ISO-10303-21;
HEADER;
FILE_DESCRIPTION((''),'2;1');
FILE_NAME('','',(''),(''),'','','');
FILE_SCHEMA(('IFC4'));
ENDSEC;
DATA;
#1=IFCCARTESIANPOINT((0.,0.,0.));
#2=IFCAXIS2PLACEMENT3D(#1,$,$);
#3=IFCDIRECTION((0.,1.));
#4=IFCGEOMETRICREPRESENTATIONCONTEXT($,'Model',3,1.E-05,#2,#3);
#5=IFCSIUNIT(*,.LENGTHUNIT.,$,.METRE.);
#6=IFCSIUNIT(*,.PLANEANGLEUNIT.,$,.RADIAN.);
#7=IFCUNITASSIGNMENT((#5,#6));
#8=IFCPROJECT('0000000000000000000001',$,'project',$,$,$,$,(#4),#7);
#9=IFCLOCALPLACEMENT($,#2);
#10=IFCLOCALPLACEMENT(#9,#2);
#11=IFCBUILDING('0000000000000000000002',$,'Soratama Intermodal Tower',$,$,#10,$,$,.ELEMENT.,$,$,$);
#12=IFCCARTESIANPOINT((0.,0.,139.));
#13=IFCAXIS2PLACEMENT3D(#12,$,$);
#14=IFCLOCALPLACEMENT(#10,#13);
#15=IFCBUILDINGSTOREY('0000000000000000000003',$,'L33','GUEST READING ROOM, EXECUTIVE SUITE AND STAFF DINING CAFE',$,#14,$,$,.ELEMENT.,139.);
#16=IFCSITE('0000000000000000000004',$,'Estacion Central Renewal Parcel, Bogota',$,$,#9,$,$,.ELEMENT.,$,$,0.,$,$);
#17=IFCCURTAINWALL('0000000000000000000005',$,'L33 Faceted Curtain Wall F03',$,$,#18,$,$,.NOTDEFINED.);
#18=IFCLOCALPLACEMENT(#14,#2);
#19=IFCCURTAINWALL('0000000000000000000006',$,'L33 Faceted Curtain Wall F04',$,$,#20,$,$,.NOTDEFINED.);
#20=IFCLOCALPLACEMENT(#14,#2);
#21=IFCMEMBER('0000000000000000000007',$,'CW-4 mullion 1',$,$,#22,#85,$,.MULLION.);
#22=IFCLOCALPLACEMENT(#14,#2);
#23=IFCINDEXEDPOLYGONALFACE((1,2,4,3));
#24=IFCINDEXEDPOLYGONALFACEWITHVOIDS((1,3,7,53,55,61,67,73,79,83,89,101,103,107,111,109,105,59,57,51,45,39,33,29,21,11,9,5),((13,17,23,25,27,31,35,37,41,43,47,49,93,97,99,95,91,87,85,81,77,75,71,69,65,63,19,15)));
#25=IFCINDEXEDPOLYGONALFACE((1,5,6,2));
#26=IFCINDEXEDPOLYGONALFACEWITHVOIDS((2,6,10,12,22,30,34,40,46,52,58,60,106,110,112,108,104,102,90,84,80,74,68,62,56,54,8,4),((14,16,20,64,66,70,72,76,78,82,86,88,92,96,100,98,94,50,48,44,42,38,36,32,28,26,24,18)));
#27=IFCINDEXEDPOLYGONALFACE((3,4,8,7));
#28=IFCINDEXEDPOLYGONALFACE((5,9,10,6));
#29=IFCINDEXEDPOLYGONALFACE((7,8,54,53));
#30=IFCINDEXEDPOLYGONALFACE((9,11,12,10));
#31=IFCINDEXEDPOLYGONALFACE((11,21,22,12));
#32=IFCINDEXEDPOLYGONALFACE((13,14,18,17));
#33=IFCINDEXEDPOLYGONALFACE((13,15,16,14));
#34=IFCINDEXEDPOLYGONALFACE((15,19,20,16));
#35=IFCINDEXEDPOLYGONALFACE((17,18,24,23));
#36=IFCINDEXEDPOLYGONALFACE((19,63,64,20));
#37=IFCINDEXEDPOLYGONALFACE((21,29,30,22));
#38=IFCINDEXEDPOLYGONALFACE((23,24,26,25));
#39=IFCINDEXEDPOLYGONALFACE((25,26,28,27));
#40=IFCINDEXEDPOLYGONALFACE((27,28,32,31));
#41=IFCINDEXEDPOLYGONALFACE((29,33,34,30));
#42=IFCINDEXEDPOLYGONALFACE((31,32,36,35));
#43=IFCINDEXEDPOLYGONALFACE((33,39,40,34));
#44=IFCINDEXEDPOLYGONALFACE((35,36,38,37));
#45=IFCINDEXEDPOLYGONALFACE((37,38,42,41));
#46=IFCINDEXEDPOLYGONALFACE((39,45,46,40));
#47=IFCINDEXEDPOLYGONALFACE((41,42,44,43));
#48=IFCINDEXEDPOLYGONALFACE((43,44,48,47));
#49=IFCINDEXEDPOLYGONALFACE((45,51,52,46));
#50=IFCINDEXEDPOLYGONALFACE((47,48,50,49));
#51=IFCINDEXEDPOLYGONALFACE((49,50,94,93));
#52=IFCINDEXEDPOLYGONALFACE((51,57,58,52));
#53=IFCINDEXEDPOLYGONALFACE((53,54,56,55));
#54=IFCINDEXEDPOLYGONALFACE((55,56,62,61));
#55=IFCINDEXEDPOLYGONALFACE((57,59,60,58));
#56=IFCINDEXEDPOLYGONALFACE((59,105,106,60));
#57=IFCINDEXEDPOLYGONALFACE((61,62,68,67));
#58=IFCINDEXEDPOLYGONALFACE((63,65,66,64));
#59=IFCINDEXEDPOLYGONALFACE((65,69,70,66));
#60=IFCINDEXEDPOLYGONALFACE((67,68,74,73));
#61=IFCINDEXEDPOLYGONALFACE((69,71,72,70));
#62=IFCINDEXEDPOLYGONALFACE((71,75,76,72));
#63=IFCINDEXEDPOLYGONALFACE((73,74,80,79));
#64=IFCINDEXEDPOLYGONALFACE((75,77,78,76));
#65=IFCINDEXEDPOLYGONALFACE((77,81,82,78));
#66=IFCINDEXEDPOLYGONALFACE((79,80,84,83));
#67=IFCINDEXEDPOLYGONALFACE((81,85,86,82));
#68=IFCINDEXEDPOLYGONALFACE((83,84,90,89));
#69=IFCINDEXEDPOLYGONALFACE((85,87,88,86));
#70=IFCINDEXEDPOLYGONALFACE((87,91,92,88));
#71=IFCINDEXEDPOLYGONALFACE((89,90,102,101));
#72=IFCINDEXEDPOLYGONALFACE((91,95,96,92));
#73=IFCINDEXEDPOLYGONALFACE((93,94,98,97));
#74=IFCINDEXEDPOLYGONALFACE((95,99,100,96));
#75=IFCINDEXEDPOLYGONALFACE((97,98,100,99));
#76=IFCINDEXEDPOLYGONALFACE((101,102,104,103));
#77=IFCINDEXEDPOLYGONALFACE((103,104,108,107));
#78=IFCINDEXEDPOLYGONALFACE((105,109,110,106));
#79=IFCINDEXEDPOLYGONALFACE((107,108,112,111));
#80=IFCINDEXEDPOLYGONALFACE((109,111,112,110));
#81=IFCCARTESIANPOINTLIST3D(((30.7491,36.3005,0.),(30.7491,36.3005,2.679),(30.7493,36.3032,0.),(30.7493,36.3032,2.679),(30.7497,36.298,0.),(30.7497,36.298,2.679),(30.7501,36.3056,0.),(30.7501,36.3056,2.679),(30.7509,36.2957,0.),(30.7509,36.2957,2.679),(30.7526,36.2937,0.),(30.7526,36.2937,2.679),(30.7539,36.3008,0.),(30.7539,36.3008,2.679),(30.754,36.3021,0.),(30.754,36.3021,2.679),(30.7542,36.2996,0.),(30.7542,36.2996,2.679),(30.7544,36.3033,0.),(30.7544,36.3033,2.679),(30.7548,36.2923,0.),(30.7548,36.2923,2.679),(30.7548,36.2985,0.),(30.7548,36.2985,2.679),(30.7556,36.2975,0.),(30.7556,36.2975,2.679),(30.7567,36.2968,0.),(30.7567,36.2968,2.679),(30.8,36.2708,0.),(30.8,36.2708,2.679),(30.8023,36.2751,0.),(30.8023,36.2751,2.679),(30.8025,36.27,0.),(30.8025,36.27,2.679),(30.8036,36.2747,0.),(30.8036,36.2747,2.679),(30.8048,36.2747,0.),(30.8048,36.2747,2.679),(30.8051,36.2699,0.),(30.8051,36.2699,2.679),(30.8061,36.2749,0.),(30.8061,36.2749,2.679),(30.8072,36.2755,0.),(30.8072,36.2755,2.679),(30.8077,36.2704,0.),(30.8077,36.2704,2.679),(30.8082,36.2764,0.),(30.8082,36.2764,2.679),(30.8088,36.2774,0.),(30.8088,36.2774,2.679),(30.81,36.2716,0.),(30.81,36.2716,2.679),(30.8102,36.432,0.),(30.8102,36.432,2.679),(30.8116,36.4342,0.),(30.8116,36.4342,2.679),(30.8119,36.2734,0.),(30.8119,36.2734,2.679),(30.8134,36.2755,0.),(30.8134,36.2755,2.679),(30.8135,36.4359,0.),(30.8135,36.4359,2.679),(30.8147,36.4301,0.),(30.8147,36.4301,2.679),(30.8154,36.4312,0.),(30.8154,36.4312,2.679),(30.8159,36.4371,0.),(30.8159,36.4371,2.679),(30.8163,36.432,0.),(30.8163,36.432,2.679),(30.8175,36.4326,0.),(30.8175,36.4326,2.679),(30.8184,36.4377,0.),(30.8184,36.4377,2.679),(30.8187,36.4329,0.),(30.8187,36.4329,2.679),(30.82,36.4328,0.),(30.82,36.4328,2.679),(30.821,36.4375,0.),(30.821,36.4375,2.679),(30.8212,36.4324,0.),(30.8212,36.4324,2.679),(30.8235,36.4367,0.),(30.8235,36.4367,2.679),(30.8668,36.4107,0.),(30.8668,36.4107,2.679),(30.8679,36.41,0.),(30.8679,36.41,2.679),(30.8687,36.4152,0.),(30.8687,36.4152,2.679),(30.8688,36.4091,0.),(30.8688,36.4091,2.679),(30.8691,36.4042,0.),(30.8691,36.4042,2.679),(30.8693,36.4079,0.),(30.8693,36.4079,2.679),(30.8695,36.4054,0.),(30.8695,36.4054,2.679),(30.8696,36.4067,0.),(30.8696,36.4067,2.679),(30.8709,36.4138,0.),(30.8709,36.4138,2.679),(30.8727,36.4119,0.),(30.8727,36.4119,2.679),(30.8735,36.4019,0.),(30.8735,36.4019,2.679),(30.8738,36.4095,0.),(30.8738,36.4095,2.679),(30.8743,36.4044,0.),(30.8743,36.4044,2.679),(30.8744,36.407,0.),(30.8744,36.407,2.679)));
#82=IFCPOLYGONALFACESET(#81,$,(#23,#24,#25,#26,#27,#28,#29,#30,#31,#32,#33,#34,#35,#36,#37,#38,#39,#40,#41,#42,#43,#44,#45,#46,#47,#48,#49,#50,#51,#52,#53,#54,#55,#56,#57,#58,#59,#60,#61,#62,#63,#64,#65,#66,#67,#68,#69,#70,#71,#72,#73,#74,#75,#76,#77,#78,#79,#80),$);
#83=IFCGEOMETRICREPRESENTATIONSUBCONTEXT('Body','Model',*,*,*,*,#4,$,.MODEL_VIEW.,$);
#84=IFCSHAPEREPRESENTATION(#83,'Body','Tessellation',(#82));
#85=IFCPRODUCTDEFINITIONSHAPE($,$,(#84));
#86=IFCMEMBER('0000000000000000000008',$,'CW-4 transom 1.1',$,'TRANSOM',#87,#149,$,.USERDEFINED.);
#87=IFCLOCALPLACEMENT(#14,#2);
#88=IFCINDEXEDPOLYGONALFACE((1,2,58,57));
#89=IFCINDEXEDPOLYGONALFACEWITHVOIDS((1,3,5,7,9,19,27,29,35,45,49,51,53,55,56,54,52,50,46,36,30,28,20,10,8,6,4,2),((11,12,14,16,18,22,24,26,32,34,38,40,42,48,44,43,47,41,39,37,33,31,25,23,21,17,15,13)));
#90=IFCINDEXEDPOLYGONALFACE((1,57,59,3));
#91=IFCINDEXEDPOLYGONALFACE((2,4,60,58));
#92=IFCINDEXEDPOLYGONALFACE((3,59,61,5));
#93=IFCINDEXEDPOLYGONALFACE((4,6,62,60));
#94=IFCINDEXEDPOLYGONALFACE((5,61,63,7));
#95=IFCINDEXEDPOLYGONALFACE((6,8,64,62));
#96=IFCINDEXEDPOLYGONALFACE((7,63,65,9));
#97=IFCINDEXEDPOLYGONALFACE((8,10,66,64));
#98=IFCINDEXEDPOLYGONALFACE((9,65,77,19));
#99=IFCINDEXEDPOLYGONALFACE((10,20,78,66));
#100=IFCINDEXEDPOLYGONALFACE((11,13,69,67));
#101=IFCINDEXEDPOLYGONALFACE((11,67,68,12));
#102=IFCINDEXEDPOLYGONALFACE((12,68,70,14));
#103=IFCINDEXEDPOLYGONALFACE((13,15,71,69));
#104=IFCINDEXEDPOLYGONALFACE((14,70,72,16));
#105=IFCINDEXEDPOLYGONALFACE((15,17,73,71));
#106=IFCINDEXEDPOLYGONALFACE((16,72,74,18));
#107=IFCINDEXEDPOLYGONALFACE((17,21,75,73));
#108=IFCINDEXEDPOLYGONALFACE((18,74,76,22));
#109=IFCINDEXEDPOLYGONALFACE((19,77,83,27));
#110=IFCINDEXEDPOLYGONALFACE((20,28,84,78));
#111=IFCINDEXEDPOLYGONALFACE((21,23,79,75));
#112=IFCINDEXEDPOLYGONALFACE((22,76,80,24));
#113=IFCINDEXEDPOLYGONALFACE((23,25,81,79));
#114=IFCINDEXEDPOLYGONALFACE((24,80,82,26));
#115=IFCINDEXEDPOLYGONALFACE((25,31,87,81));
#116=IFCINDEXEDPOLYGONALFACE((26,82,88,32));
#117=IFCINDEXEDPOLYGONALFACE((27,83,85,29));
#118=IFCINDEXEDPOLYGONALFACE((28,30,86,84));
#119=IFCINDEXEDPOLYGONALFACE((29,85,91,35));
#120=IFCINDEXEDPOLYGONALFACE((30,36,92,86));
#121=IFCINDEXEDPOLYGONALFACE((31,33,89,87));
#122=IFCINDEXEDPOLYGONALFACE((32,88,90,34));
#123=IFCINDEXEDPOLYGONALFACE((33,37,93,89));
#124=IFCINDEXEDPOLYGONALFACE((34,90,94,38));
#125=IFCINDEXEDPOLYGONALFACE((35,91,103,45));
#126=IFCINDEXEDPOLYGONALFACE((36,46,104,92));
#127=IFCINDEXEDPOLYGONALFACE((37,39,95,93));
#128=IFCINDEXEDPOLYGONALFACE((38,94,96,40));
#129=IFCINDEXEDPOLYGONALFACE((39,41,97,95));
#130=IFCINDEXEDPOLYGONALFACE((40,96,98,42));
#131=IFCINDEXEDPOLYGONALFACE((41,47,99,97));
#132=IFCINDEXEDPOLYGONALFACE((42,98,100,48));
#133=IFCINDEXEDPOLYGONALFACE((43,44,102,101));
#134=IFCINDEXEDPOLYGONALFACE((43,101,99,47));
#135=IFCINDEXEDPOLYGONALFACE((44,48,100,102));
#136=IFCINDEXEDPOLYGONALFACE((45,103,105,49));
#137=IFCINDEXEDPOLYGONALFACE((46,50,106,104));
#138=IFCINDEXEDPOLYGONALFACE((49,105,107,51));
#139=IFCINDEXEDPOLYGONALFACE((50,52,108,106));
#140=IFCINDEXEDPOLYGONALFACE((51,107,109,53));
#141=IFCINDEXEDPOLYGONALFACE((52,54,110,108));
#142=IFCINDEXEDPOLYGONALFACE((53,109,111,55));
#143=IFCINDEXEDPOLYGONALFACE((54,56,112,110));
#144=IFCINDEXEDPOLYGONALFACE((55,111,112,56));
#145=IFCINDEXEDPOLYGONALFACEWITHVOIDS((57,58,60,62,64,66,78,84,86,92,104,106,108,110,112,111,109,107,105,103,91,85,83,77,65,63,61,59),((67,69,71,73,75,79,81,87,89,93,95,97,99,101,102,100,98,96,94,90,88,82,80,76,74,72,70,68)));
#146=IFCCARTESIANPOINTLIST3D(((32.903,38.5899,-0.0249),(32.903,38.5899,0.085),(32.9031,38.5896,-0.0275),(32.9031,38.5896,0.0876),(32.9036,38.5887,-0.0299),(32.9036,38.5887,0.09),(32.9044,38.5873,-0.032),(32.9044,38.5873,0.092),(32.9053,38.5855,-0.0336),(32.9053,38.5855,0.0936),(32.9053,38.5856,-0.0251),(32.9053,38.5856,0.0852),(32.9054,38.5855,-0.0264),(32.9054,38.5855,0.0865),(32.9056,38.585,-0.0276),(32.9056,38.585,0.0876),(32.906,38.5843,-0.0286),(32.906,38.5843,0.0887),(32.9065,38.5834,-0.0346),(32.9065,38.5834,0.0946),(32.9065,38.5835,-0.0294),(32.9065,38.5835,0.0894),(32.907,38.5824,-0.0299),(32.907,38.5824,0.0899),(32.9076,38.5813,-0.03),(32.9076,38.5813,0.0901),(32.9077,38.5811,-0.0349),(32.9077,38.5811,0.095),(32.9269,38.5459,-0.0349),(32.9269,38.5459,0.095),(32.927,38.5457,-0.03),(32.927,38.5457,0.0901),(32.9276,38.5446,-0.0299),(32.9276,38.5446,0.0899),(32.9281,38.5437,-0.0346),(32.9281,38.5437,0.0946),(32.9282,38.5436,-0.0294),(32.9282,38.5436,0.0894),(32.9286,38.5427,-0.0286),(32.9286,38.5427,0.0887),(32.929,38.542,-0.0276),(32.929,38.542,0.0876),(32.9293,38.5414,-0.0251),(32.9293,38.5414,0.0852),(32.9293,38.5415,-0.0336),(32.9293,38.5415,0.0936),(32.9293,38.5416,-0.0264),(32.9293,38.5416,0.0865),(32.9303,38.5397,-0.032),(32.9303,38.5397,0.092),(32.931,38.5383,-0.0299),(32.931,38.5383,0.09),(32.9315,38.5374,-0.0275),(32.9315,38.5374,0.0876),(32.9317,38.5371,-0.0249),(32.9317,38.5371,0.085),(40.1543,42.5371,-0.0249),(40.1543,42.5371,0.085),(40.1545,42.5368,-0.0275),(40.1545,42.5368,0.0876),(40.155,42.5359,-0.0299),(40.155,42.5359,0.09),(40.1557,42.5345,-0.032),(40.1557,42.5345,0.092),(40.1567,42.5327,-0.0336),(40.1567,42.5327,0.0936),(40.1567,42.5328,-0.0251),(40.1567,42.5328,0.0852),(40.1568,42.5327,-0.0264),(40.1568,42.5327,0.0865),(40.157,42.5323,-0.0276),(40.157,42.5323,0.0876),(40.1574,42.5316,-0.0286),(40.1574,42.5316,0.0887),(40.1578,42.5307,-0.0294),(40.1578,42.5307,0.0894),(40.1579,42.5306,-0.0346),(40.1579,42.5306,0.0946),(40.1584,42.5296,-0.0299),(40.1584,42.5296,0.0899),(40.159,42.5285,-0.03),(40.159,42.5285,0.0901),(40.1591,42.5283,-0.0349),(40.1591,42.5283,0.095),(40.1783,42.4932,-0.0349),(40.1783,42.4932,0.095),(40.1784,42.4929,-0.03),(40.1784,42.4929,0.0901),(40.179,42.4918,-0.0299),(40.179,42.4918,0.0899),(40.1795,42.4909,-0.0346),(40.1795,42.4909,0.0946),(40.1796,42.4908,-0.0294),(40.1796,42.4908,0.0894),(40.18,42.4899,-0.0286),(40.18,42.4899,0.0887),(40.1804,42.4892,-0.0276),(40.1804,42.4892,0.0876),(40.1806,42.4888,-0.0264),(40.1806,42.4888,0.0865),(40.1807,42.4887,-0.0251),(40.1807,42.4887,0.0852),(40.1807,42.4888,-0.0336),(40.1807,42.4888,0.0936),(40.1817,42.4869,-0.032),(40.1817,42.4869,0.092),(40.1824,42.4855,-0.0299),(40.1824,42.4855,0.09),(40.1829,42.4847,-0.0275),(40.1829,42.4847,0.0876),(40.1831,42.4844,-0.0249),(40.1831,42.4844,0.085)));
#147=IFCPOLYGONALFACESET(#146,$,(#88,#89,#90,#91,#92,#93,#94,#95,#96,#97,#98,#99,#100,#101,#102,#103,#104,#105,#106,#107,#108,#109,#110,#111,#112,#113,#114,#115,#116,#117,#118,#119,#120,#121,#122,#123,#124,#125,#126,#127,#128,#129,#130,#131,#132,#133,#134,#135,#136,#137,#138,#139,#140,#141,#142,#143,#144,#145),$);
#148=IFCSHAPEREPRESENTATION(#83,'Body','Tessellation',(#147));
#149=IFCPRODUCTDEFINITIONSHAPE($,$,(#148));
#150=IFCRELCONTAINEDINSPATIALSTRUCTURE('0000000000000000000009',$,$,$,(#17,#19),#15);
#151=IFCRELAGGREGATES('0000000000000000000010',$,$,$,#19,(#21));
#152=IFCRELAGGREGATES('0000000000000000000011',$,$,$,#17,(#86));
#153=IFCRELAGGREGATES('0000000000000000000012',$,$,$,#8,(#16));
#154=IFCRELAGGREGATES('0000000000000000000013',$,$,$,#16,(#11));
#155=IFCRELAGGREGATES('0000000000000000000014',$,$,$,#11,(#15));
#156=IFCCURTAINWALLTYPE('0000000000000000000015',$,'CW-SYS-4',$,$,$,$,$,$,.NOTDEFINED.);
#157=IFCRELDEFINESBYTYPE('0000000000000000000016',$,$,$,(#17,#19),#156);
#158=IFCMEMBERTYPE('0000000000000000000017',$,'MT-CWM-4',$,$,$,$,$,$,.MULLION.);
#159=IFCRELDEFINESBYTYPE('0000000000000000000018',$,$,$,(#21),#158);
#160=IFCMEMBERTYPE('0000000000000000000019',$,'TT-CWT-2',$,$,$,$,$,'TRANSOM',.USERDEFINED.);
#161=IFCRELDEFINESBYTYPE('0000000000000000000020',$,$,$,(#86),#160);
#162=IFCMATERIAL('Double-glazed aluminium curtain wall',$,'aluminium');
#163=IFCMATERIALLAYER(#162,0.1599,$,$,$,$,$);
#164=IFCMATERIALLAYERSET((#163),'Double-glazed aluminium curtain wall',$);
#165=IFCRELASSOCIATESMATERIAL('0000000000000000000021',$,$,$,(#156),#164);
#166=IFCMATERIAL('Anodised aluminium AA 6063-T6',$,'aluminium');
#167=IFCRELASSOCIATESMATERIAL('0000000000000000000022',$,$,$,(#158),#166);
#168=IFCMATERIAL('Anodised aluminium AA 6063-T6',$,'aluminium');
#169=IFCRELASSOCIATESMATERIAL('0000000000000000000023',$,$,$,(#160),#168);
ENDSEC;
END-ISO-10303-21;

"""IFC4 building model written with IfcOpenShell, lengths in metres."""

from ifc_helpers import new_model, si_unit, direction, frame, origin, origin_2d, place, context, subcontext, project, spatial, hollow_rectangle, extrude, material, layer, layer_set, material_profile, profile_set, type_object, element, aggregate, save


model = new_model("IFC4")

# Units and contexts
model_context = context("Model", 3, precision=1e-05, world=origin(), true_north=direction((0.0, 1.0)))
body_context = subcontext(model_context, "Body", "Model", "MODEL_VIEW")
ifc_project = project(units=[si_unit("LENGTHUNIT", "METRE"), si_unit("PLANEANGLEUNIT", "RADIAN")], contexts=[model_context])

# Site, building, storey
site_placement = place(None, origin())
site = spatial("IfcSite", under=ifc_project, at=site_placement, Name="Estacion Central Renewal Parcel, Bogota", CompositionType="ELEMENT", RefElevation=0.0)
building_placement = place(site_placement, origin())
building = spatial("IfcBuilding", under=site, at=building_placement, Name="Soratama Intermodal Tower", CompositionType="ELEMENT")
storey_placement = place(building_placement, frame((0.0, 0.0, 139.0)))
storey = spatial("IfcBuildingStorey", under=building, at=storey_placement, Name="L33", Description="GUEST READING ROOM, EXECUTIVE SUITE AND STAFF DINING CAFE", CompositionType="ELEMENT", Elevation=139.0)

# Curtain wall
ifc_material_1 = material(Name="Double-glazed aluminium curtain wall", Category="aluminium")
ifc_layer_1 = layer(ifc_material_1, 0.1599)
ifc_layer_set_1 = layer_set([ifc_layer_1], Name="Double-glazed aluminium curtain wall")
curtain_wall_type = type_object("IfcCurtainWallType", Name="CW-SYS-4", PredefinedType="NOTDEFINED", material=ifc_layer_set_1)
curtain_wall_1_placement = place(storey_placement, origin())
curtain_wall_1 = element("IfcCurtainWall", 1, at=curtain_wall_1_placement, inside=storey, type_object=curtain_wall_type, Name="L33 Faceted Curtain Wall F03", PredefinedType="NOTDEFINED")
ifc_material_2 = material(Name="Anodised aluminium AA 6063-T6", Category="aluminium")
ifc_material_profile_1 = material_profile(ifc_material_2, hollow_rectangle(XDim=0.0701, YDim=0.1599, WallThickness=0.0049, InnerFilletRadius=0.0049, OuterFilletRadius=0.01, at=origin_2d()), Name="CWM160X70X5")
ifc_profile_set_1 = profile_set([ifc_material_profile_1], Name="Anodised aluminium AA 6063-T6")
member_type_1 = type_object("IfcMemberType", Name="MT-CWM-4", PredefinedType="MULLION", material=ifc_profile_set_1)

# Curtain wall, member
curtain_wall_2_placement = place(storey_placement, origin())
curtain_wall_2 = element("IfcCurtainWall", 2, at=curtain_wall_2_placement, inside=storey, type_object=curtain_wall_type, Name="L33 Faceted Curtain Wall F04", PredefinedType="NOTDEFINED")
member_1_placement = place(storey_placement, frame((30.8118, 36.3538, 0.0), z_axis=(0.0, 0.0, 1.0), x_axis=(0.903037, -0.429563, 0.0)))
member_1 = element("IfcMember", 3, at=member_1_placement, type_object=member_type_1, Name="CW-4 mullion 1", PredefinedType="MULLION", context=body_context, shape_type="SweptSolid", body=[
    extrude(hollow_rectangle(XDim=0.0701, YDim=0.1599, WallThickness=0.0049, InnerFilletRadius=0.0049, OuterFilletRadius=0.01, at=origin_2d()), origin(), (0.0, 0.0, 1.0), 2.679),
])

# Member
ifc_material_3 = material(Name="Anodised aluminium AA 6063-T6", Category="aluminium")
ifc_material_profile_2 = material_profile(ifc_material_3, hollow_rectangle(XDim=0.0601, YDim=0.1299, WallThickness=0.0049, InnerFilletRadius=0.0049, OuterFilletRadius=0.01, at=origin_2d()), Name="CWT130X60X5")
ifc_profile_set_2 = profile_set([ifc_material_profile_2], Name="Anodised aluminium AA 6063-T6")
member_type_2 = type_object("IfcMemberType", Name="TT-CWT-2", ElementType="TRANSOM", PredefinedType="USERDEFINED", material=ifc_profile_set_2)
member_2_placement = place(storey_placement, frame((40.1687, 42.5107, 0.03), z_axis=(-0.878307, -0.478098, 0.0), x_axis=(0.478098, -0.878307, 0.0)))
member_2 = element("IfcMember", 4, at=member_2_placement, type_object=member_type_2, Name="CW-4 transom 1.1", ObjectType="TRANSOM", PredefinedType="USERDEFINED", context=body_context, shape_type="SweptSolid", body=[
    extrude(hollow_rectangle(XDim=0.0601, YDim=0.1299, WallThickness=0.0049, InnerFilletRadius=0.0049, OuterFilletRadius=0.01, at=origin_2d()), origin(), (0.0, 0.0, 1.0), 8.2561),
])
aggregate(curtain_wall_2, [member_1])

aggregate(curtain_wall_1, [member_2])

save(model, "model.ifc")
